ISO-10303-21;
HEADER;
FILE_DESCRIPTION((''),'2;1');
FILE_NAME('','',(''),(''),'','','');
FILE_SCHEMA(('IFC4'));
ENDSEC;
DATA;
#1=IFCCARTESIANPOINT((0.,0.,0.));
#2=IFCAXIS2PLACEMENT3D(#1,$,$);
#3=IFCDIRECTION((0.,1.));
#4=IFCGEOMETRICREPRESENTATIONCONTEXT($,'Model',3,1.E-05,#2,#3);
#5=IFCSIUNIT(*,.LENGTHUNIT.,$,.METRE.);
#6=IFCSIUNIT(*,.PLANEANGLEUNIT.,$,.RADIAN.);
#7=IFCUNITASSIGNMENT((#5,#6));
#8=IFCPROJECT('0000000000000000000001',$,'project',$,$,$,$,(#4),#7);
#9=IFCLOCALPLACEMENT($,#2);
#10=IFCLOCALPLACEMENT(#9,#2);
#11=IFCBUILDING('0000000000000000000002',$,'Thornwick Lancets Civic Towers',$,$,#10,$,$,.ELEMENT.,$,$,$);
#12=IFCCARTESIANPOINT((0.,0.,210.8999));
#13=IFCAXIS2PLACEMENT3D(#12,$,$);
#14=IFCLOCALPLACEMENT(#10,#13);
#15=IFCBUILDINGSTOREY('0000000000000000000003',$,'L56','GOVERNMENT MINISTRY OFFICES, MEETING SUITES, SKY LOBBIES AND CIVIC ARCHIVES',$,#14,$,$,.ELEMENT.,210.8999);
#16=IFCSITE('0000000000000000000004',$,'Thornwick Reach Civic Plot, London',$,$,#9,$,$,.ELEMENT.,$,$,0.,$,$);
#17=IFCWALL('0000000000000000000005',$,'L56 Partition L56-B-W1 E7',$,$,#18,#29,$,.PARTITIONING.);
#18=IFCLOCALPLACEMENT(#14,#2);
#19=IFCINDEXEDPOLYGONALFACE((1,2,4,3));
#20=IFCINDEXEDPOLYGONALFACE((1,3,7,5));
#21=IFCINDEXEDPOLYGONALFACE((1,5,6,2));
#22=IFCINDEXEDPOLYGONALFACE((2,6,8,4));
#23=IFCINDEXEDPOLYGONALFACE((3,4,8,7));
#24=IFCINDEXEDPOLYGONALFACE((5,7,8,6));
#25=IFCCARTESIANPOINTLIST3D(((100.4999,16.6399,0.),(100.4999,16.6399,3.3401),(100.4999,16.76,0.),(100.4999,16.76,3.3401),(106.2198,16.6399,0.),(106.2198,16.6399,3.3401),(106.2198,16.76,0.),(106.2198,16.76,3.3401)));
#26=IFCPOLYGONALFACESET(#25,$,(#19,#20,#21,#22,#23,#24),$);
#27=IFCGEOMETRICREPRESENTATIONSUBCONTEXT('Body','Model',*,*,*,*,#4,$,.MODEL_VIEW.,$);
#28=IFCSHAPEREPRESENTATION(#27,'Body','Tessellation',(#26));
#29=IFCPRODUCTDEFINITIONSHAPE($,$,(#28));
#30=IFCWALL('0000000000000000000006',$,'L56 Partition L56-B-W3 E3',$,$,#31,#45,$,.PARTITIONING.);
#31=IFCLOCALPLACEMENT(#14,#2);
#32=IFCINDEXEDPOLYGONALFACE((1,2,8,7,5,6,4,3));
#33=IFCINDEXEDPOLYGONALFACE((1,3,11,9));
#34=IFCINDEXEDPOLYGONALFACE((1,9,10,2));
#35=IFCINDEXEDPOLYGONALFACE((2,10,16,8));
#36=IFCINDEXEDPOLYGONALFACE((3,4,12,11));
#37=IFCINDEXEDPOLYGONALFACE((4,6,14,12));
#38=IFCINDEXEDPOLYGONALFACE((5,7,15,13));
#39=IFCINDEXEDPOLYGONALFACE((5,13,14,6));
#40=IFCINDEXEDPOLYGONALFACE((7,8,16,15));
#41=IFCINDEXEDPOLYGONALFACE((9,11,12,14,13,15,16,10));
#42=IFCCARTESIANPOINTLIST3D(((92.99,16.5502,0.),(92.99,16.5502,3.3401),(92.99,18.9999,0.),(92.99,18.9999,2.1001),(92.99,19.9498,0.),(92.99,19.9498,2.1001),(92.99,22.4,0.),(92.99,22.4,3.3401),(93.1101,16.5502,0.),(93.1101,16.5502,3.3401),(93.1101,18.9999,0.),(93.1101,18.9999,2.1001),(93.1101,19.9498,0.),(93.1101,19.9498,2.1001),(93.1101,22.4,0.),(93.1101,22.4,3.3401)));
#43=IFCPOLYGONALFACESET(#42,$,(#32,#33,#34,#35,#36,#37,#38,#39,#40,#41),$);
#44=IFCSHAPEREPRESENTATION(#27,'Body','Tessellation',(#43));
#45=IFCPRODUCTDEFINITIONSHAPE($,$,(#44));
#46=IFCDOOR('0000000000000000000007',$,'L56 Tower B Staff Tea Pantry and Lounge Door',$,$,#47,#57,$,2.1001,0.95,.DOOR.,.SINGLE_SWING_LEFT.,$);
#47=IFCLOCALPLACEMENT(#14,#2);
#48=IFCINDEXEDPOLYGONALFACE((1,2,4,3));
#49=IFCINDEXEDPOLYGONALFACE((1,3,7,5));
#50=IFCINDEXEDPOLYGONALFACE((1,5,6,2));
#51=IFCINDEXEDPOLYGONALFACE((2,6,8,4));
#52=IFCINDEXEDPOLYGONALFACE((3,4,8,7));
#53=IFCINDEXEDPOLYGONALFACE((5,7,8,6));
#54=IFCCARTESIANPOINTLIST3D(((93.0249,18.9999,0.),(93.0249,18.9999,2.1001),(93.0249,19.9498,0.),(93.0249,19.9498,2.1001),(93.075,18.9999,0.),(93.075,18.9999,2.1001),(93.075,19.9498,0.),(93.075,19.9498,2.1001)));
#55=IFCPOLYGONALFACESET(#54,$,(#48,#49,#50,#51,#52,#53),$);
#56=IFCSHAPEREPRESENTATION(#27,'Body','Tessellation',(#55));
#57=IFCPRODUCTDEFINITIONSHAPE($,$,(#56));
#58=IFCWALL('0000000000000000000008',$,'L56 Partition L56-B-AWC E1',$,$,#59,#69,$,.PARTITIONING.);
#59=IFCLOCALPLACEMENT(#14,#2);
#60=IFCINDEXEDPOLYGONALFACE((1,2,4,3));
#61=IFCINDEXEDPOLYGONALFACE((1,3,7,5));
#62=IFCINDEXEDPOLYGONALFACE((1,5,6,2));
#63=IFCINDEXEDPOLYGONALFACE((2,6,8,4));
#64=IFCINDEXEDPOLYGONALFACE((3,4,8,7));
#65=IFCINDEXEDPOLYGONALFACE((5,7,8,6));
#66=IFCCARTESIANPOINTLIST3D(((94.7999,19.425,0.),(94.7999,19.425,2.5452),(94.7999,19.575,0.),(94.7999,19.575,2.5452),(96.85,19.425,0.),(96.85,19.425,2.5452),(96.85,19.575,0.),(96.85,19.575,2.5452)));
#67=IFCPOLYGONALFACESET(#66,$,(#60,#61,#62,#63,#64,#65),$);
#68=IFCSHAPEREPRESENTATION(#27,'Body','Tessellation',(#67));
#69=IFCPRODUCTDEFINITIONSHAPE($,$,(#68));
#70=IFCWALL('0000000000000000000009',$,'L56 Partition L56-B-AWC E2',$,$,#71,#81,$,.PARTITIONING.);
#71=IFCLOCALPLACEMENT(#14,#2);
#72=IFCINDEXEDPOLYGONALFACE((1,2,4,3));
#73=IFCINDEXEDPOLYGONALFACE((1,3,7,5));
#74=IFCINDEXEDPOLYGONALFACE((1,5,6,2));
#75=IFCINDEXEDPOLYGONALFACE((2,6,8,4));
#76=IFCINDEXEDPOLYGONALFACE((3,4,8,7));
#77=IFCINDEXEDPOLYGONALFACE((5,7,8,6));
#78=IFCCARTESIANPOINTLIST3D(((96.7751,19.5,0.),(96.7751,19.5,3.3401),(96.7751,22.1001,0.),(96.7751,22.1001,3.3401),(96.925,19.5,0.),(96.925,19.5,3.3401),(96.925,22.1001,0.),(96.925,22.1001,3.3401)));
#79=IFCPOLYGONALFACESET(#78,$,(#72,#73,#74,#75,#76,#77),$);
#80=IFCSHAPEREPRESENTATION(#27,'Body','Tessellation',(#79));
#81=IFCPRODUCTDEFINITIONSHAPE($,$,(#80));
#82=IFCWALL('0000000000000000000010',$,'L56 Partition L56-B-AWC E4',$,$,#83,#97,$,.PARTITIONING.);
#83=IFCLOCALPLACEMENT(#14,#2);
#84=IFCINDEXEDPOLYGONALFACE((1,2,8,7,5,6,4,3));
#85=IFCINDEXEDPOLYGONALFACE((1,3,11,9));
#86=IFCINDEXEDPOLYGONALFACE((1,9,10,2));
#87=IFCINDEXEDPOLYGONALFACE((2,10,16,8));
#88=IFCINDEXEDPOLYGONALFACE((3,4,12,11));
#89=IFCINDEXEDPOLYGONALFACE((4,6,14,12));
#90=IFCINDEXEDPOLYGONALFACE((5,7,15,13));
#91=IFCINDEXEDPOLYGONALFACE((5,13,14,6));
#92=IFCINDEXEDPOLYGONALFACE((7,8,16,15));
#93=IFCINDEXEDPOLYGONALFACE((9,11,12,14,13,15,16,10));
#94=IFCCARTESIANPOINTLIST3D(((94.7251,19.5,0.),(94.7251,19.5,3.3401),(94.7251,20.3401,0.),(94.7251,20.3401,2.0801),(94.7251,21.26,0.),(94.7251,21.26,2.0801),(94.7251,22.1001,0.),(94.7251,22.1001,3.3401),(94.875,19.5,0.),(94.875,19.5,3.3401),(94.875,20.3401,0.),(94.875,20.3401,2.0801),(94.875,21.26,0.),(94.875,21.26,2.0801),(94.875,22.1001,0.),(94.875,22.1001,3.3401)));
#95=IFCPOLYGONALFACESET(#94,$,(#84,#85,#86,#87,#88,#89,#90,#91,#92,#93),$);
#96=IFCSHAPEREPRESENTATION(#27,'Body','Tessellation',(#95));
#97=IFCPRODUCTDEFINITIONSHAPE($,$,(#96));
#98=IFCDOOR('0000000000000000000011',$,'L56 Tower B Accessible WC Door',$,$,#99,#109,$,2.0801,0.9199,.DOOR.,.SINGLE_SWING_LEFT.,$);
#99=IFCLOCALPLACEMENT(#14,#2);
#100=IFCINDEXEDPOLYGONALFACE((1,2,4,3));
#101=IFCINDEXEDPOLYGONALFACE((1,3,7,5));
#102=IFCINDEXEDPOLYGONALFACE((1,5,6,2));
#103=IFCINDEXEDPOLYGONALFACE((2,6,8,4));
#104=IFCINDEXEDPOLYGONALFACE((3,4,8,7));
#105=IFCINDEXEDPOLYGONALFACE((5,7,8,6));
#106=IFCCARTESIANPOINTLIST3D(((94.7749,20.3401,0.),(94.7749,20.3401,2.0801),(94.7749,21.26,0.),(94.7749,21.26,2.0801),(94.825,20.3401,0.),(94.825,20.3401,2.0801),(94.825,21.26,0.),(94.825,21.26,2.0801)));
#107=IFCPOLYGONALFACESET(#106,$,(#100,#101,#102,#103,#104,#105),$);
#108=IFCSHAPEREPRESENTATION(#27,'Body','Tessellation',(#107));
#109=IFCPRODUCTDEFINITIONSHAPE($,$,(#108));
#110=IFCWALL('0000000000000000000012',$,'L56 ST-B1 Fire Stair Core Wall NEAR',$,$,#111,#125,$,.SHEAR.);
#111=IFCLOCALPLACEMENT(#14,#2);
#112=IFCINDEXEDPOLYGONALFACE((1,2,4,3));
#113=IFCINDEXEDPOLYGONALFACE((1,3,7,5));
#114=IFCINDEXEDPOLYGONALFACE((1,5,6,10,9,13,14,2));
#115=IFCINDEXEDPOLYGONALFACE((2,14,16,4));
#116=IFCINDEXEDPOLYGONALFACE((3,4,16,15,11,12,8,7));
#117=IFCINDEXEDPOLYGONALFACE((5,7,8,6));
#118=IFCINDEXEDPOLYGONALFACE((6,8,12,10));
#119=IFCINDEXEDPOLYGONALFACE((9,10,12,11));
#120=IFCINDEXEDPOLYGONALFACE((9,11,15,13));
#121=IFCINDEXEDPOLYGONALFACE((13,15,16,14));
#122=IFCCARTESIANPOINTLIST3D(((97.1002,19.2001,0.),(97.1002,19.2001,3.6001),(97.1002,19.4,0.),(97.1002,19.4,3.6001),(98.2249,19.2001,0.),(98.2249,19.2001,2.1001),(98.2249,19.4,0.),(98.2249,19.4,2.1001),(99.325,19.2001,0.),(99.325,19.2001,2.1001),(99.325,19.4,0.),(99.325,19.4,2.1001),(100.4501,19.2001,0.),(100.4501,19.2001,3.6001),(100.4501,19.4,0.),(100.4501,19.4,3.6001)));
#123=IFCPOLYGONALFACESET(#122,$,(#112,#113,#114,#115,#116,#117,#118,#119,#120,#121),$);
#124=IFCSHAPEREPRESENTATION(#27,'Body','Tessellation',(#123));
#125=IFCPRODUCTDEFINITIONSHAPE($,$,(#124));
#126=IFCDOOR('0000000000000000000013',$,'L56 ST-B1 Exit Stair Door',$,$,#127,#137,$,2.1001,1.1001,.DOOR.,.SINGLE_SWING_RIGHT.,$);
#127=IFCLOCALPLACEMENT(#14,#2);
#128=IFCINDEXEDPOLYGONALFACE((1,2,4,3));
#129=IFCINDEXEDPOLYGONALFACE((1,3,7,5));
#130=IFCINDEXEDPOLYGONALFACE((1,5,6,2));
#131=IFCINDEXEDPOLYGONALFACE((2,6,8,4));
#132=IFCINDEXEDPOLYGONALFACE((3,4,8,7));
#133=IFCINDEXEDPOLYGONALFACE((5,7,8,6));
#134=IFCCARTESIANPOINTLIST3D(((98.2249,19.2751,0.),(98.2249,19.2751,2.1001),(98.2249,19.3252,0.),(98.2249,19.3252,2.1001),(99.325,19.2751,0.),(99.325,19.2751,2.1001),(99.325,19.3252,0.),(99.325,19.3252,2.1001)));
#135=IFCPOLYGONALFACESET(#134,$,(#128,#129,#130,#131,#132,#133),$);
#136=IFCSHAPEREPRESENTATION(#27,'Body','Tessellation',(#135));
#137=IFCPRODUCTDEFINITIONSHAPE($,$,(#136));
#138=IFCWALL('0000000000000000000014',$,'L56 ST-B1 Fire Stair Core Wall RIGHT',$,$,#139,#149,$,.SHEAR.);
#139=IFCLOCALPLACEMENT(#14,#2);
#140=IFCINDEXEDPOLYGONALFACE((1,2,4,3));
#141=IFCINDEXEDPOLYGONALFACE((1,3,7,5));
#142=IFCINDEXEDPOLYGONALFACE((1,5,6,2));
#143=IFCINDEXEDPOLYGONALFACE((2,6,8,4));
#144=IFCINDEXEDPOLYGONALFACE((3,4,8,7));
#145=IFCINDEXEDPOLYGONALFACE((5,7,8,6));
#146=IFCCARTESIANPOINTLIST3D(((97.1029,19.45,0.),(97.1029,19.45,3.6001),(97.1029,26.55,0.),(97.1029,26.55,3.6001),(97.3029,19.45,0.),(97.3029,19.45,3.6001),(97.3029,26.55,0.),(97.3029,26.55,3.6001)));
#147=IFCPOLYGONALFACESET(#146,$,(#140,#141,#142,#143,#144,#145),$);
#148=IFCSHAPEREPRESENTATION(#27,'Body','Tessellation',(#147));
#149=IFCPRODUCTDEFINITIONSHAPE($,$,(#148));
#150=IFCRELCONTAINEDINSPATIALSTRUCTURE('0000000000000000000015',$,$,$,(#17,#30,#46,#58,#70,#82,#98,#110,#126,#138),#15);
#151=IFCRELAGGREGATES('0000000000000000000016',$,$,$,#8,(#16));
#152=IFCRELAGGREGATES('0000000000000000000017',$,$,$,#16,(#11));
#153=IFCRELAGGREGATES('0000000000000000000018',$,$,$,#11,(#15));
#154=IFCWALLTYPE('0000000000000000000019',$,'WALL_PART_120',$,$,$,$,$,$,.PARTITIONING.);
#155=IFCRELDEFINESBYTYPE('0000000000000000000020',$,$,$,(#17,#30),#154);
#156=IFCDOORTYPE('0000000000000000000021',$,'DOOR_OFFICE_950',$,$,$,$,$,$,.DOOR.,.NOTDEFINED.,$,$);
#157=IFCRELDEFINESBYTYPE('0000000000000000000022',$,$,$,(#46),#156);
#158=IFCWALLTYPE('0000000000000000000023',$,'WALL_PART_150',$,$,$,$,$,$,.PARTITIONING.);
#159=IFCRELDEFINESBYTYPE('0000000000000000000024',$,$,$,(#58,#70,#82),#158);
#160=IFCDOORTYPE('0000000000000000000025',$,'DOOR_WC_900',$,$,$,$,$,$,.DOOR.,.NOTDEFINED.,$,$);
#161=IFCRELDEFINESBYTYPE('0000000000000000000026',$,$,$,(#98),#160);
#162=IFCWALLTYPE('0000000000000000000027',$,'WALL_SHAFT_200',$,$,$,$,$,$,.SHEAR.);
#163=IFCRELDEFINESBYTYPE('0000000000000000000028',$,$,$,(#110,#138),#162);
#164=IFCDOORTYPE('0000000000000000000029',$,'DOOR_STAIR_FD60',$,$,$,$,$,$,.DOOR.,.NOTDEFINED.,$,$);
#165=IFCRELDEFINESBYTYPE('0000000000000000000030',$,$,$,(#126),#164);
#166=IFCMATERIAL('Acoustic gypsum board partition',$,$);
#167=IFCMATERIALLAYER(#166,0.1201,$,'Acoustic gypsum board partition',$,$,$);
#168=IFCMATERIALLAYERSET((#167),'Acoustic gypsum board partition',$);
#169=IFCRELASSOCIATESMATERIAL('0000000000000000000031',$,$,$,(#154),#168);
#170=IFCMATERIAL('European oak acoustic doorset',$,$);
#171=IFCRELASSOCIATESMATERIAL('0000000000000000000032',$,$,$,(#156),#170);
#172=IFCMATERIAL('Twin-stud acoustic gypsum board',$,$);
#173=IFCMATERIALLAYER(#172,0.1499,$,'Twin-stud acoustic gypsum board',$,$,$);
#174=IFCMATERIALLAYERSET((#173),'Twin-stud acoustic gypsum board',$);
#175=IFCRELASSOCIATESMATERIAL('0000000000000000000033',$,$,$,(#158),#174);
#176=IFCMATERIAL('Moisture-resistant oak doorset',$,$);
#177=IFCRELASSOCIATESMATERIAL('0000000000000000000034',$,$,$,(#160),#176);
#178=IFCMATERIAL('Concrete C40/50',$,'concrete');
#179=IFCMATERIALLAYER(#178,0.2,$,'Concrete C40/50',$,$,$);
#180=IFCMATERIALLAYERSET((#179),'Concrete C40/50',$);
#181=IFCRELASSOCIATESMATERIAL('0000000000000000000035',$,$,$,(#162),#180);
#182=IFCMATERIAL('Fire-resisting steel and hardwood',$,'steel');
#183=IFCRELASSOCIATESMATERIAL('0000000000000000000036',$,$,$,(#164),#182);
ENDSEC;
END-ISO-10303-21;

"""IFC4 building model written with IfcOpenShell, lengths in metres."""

from ifc_helpers import new_model, si_unit, direction, frame, frame_2d, origin, place, context, subcontext, project, spatial, rectangle, extrude, material, layer, layer_set, type_object, element, fill, save


model = new_model("IFC4")

# Units and contexts
model_context = context("Model", 3, precision=1e-05, world=origin(), true_north=direction((0.0, 1.0)))
body_context = subcontext(model_context, "Body", "Model", "MODEL_VIEW")
ifc_project = project(units=[si_unit("LENGTHUNIT", "METRE"), si_unit("PLANEANGLEUNIT", "RADIAN")], contexts=[model_context])

# Site, building, storey
site_placement = place(None, origin())
site = spatial("IfcSite", under=ifc_project, at=site_placement, Name="Thornwick Reach Civic Plot, London", CompositionType="ELEMENT", RefElevation=0.0)
building_placement = place(site_placement, origin())
building = spatial("IfcBuilding", under=site, at=building_placement, Name="Thornwick Lancets Civic Towers", CompositionType="ELEMENT")
storey_placement = place(building_placement, frame((0.0, 0.0, 210.8999)))
storey = spatial("IfcBuildingStorey", under=building, at=storey_placement, Name="L56", Description="GOVERNMENT MINISTRY OFFICES, MEETING SUITES, SKY LOBBIES AND CIVIC ARCHIVES", CompositionType="ELEMENT", Elevation=210.8999)

# Shared definitions
ifc_material_1 = material(Name="Concrete C40/50", Category="concrete")

# Wall
ifc_material_2 = material(Name="Acoustic gypsum board partition")
ifc_layer_1 = layer(ifc_material_2, 0.1201, Name="Acoustic gypsum board partition")
ifc_layer_set_1 = layer_set([ifc_layer_1], Name="Acoustic gypsum board partition")
wall_type_1 = type_object("IfcWallType", Name="WALL_PART_120", PredefinedType="PARTITIONING", material=ifc_layer_set_1)
wall_1_placement = place(storey_placement, frame((100.5, 16.7, 0.0), z_axis=(0.0, 0.0, 1.0), x_axis=(1.0, 0.0, 0.0)))
element("IfcWall", 1, at=wall_1_placement, inside=storey, type_object=wall_type_1, Name="L56 Partition L56-B-W1 E7", PredefinedType="PARTITIONING", context=body_context, shape_type="SweptSolid", body=[
    extrude(rectangle(XDim=5.72, YDim=0.1201, at=frame_2d((2.8599, 0.0))), origin(), (0.0, 0.0, 1.0), 3.3401),
])

# Wall, opening, door
wall_2_placement = place(storey_placement, frame((93.05, 22.3999, 0.0), z_axis=(0.0, 0.0, 1.0), x_axis=(0.0, -1.0, 0.0)))
wall_2 = element("IfcWall", 2, at=wall_2_placement, inside=storey, type_object=wall_type_1, Name="L56 Partition L56-B-W3 E3", PredefinedType="PARTITIONING", context=body_context, shape_type="SweptSolid", body=[
    extrude(rectangle(XDim=5.8499, YDim=0.1201, at=frame_2d((2.9248, 0.0))), origin(), (0.0, 0.0, 1.0), 3.3401),
])
opening_1_placement = place(wall_2_placement, frame((2.45, 0.0, 0.0)))
opening_1 = element("IfcOpeningElement", 3, at=opening_1_placement, cuts=wall_2, PredefinedType="OPENING", context=body_context, shape_type="SweptSolid", body=[
    extrude(rectangle(XDim=0.95, YDim=2.1001, at=frame_2d((0.4751, 1.05))), frame((0.0, 0.0701, 0.0), z_axis=(0.0, -1.0, 0.0), x_axis=(1.0, 0.0, 0.0)), (0.0, 0.0, 1.0), 0.1401),
])
ifc_material_3 = material(Name="European oak acoustic doorset")
door_type_1 = type_object("IfcDoorType", Name="DOOR_OFFICE_950", OperationType="NOTDEFINED", PredefinedType="DOOR", material=ifc_material_3)
door_1_placement = place(opening_1_placement, origin())
door_1 = element("IfcDoor", 4, at=door_1_placement, inside=storey, type_object=door_type_1, Name="L56 Tower B Staff Tea Pantry and Lounge Door", OperationType="SINGLE_SWING_LEFT", OverallHeight=2.1001, OverallWidth=0.95, PredefinedType="DOOR", context=body_context, shape_type="SweptSolid", body=[
    extrude(rectangle(XDim=0.95, YDim=2.1001, at=frame_2d((0.4751, 1.05))), frame((0.0, 0.0249, 0.0), z_axis=(0.0, -1.0, 0.0), x_axis=(1.0, 0.0, 0.0)), (0.0, 0.0, 1.0), 0.05),
])
fill(opening_1, door_1)

# Walls
ifc_material_4 = material(Name="Twin-stud acoustic gypsum board")
ifc_layer_2 = layer(ifc_material_4, 0.1499, Name="Twin-stud acoustic gypsum board")
ifc_layer_set_2 = layer_set([ifc_layer_2], Name="Twin-stud acoustic gypsum board")
wall_type_2 = type_object("IfcWallType", Name="WALL_PART_150", PredefinedType="PARTITIONING", material=ifc_layer_set_2)
wall_3_placement = place(storey_placement, frame((94.8, 19.5, 0.0), z_axis=(0.0, 0.0, 1.0), x_axis=(1.0, 0.0, 0.0)))
element("IfcWall", 5, at=wall_3_placement, inside=storey, type_object=wall_type_2, Name="L56 Partition L56-B-AWC E1", PredefinedType="PARTITIONING", context=body_context, shape_type="SweptSolid", body=[
    extrude(rectangle(XDim=2.05, YDim=0.1499, at=frame_2d((1.0249, 0.0))), origin(), (0.0, 0.0, 1.0), 2.5452),
])
wall_4_placement = place(storey_placement, frame((96.8501, 19.5, 0.0), z_axis=(0.0, 0.0, 1.0), x_axis=(0.0, 1.0, 0.0)))
element("IfcWall", 6, at=wall_4_placement, inside=storey, type_object=wall_type_2, Name="L56 Partition L56-B-AWC E2", PredefinedType="PARTITIONING", context=body_context, shape_type="SweptSolid", body=[
    extrude(rectangle(XDim=2.6001, YDim=0.1499, at=frame_2d((1.3, 0.0))), origin(), (0.0, 0.0, 1.0), 3.3401),
])

# Walls, openings, doors
wall_5_placement = place(storey_placement, frame((94.8, 22.1001, 0.0), z_axis=(0.0, 0.0, 1.0), x_axis=(0.0, -1.0, 0.0)))
wall_5 = element("IfcWall", 7, at=wall_5_placement, inside=storey, type_object=wall_type_2, Name="L56 Partition L56-B-AWC E4", PredefinedType="PARTITIONING", context=body_context, shape_type="SweptSolid", body=[
    extrude(rectangle(XDim=2.6001, YDim=0.1499, at=frame_2d((1.3, 0.0))), origin(), (0.0, 0.0, 1.0), 3.3401),
])
opening_2_placement = place(wall_5_placement, frame((0.8401, 0.0, 0.0)))
opening_2 = element("IfcOpeningElement", 8, at=opening_2_placement, cuts=wall_5, PredefinedType="OPENING", context=body_context, shape_type="SweptSolid", body=[
    extrude(rectangle(XDim=0.9199, YDim=2.0801, at=frame_2d((0.46, 1.04))), frame((0.0, 0.085, 0.0), z_axis=(0.0, -1.0, 0.0), x_axis=(1.0, 0.0, 0.0)), (0.0, 0.0, 1.0), 0.1699),
])
ifc_material_5 = material(Name="Moisture-resistant oak doorset")
door_type_2 = type_object("IfcDoorType", Name="DOOR_WC_900", OperationType="NOTDEFINED", PredefinedType="DOOR", material=ifc_material_5)
door_2_placement = place(opening_2_placement, origin())
door_2 = element("IfcDoor", 9, at=door_2_placement, inside=storey, type_object=door_type_2, Name="L56 Tower B Accessible WC Door", OperationType="SINGLE_SWING_LEFT", OverallHeight=2.0801, OverallWidth=0.9199, PredefinedType="DOOR", context=body_context, shape_type="SweptSolid", body=[
    extrude(rectangle(XDim=0.9199, YDim=2.0801, at=frame_2d((0.46, 1.04))), frame((0.0, 0.0249, 0.0), z_axis=(0.0, -1.0, 0.0), x_axis=(1.0, 0.0, 0.0)), (0.0, 0.0, 1.0), 0.05),
])
fill(opening_2, door_2)
ifc_layer_3 = layer(ifc_material_1, 0.2, Name="Concrete C40/50")
ifc_layer_set_3 = layer_set([ifc_layer_3], Name="Concrete C40/50")
wall_type_3 = type_object("IfcWallType", Name="WALL_SHAFT_200", PredefinedType="SHEAR", material=ifc_layer_set_3)
wall_6_placement = place(storey_placement, frame((100.45, 19.3, 0.0), z_axis=(0.0, 0.0, 1.0), x_axis=(-1.0, 0.0, 0.0)))
wall_6 = element("IfcWall", 10, at=wall_6_placement, inside=storey, type_object=wall_type_3, Name="L56 ST-B1 Fire Stair Core Wall NEAR", PredefinedType="SHEAR", context=body_context, shape_type="SweptSolid", body=[
    extrude(rectangle(XDim=3.3499, YDim=0.2, at=frame_2d((1.6748, 0.0))), origin(), (0.0, 0.0, 1.0), 3.6001),
])
opening_3_placement = place(wall_6_placement, frame((1.125, 0.0, 0.0)))
opening_3 = element("IfcOpeningElement", 11, at=opening_3_placement, cuts=wall_6, PredefinedType="OPENING", context=body_context, shape_type="SweptSolid", body=[
    extrude(rectangle(XDim=1.1001, YDim=2.1001, at=frame_2d((0.55, 1.05))), frame((0.0, 0.1099, 0.0), z_axis=(0.0, -1.0, 0.0), x_axis=(1.0, 0.0, 0.0)), (0.0, 0.0, 1.0), 0.22),
])
ifc_material_6 = material(Name="Fire-resisting steel and hardwood", Category="steel")
door_type_3 = type_object("IfcDoorType", Name="DOOR_STAIR_FD60", OperationType="NOTDEFINED", PredefinedType="DOOR", material=ifc_material_6)
door_3_placement = place(opening_3_placement, origin())
door_3 = element("IfcDoor", 12, at=door_3_placement, inside=storey, type_object=door_type_3, Name="L56 ST-B1 Exit Stair Door", OperationType="SINGLE_SWING_RIGHT", OverallHeight=2.1001, OverallWidth=1.1001, PredefinedType="DOOR", context=body_context, shape_type="SweptSolid", body=[
    extrude(rectangle(XDim=1.1001, YDim=2.1001, at=frame_2d((0.55, 1.05))), frame((0.0, 0.0249, 0.0), z_axis=(0.0, -1.0, 0.0), x_axis=(1.0, 0.0, 0.0)), (0.0, 0.0, 1.0), 0.05),
])
fill(opening_3, door_3)

# Wall
wall_7_placement = place(storey_placement, frame((97.2029, 26.55, 0.0), z_axis=(0.0, 0.0, 1.0), x_axis=(0.0, -1.0, 0.0)))
element("IfcWall", 13, at=wall_7_placement, inside=storey, type_object=wall_type_3, Name="L56 ST-B1 Fire Stair Core Wall RIGHT", PredefinedType="SHEAR", context=body_context, shape_type="SweptSolid", body=[
    extrude(rectangle(XDim=7.1001, YDim=0.2, at=frame_2d((3.55, 0.0))), origin(), (0.0, 0.0, 1.0), 3.6001),
])

save(model, "model.ifc")
